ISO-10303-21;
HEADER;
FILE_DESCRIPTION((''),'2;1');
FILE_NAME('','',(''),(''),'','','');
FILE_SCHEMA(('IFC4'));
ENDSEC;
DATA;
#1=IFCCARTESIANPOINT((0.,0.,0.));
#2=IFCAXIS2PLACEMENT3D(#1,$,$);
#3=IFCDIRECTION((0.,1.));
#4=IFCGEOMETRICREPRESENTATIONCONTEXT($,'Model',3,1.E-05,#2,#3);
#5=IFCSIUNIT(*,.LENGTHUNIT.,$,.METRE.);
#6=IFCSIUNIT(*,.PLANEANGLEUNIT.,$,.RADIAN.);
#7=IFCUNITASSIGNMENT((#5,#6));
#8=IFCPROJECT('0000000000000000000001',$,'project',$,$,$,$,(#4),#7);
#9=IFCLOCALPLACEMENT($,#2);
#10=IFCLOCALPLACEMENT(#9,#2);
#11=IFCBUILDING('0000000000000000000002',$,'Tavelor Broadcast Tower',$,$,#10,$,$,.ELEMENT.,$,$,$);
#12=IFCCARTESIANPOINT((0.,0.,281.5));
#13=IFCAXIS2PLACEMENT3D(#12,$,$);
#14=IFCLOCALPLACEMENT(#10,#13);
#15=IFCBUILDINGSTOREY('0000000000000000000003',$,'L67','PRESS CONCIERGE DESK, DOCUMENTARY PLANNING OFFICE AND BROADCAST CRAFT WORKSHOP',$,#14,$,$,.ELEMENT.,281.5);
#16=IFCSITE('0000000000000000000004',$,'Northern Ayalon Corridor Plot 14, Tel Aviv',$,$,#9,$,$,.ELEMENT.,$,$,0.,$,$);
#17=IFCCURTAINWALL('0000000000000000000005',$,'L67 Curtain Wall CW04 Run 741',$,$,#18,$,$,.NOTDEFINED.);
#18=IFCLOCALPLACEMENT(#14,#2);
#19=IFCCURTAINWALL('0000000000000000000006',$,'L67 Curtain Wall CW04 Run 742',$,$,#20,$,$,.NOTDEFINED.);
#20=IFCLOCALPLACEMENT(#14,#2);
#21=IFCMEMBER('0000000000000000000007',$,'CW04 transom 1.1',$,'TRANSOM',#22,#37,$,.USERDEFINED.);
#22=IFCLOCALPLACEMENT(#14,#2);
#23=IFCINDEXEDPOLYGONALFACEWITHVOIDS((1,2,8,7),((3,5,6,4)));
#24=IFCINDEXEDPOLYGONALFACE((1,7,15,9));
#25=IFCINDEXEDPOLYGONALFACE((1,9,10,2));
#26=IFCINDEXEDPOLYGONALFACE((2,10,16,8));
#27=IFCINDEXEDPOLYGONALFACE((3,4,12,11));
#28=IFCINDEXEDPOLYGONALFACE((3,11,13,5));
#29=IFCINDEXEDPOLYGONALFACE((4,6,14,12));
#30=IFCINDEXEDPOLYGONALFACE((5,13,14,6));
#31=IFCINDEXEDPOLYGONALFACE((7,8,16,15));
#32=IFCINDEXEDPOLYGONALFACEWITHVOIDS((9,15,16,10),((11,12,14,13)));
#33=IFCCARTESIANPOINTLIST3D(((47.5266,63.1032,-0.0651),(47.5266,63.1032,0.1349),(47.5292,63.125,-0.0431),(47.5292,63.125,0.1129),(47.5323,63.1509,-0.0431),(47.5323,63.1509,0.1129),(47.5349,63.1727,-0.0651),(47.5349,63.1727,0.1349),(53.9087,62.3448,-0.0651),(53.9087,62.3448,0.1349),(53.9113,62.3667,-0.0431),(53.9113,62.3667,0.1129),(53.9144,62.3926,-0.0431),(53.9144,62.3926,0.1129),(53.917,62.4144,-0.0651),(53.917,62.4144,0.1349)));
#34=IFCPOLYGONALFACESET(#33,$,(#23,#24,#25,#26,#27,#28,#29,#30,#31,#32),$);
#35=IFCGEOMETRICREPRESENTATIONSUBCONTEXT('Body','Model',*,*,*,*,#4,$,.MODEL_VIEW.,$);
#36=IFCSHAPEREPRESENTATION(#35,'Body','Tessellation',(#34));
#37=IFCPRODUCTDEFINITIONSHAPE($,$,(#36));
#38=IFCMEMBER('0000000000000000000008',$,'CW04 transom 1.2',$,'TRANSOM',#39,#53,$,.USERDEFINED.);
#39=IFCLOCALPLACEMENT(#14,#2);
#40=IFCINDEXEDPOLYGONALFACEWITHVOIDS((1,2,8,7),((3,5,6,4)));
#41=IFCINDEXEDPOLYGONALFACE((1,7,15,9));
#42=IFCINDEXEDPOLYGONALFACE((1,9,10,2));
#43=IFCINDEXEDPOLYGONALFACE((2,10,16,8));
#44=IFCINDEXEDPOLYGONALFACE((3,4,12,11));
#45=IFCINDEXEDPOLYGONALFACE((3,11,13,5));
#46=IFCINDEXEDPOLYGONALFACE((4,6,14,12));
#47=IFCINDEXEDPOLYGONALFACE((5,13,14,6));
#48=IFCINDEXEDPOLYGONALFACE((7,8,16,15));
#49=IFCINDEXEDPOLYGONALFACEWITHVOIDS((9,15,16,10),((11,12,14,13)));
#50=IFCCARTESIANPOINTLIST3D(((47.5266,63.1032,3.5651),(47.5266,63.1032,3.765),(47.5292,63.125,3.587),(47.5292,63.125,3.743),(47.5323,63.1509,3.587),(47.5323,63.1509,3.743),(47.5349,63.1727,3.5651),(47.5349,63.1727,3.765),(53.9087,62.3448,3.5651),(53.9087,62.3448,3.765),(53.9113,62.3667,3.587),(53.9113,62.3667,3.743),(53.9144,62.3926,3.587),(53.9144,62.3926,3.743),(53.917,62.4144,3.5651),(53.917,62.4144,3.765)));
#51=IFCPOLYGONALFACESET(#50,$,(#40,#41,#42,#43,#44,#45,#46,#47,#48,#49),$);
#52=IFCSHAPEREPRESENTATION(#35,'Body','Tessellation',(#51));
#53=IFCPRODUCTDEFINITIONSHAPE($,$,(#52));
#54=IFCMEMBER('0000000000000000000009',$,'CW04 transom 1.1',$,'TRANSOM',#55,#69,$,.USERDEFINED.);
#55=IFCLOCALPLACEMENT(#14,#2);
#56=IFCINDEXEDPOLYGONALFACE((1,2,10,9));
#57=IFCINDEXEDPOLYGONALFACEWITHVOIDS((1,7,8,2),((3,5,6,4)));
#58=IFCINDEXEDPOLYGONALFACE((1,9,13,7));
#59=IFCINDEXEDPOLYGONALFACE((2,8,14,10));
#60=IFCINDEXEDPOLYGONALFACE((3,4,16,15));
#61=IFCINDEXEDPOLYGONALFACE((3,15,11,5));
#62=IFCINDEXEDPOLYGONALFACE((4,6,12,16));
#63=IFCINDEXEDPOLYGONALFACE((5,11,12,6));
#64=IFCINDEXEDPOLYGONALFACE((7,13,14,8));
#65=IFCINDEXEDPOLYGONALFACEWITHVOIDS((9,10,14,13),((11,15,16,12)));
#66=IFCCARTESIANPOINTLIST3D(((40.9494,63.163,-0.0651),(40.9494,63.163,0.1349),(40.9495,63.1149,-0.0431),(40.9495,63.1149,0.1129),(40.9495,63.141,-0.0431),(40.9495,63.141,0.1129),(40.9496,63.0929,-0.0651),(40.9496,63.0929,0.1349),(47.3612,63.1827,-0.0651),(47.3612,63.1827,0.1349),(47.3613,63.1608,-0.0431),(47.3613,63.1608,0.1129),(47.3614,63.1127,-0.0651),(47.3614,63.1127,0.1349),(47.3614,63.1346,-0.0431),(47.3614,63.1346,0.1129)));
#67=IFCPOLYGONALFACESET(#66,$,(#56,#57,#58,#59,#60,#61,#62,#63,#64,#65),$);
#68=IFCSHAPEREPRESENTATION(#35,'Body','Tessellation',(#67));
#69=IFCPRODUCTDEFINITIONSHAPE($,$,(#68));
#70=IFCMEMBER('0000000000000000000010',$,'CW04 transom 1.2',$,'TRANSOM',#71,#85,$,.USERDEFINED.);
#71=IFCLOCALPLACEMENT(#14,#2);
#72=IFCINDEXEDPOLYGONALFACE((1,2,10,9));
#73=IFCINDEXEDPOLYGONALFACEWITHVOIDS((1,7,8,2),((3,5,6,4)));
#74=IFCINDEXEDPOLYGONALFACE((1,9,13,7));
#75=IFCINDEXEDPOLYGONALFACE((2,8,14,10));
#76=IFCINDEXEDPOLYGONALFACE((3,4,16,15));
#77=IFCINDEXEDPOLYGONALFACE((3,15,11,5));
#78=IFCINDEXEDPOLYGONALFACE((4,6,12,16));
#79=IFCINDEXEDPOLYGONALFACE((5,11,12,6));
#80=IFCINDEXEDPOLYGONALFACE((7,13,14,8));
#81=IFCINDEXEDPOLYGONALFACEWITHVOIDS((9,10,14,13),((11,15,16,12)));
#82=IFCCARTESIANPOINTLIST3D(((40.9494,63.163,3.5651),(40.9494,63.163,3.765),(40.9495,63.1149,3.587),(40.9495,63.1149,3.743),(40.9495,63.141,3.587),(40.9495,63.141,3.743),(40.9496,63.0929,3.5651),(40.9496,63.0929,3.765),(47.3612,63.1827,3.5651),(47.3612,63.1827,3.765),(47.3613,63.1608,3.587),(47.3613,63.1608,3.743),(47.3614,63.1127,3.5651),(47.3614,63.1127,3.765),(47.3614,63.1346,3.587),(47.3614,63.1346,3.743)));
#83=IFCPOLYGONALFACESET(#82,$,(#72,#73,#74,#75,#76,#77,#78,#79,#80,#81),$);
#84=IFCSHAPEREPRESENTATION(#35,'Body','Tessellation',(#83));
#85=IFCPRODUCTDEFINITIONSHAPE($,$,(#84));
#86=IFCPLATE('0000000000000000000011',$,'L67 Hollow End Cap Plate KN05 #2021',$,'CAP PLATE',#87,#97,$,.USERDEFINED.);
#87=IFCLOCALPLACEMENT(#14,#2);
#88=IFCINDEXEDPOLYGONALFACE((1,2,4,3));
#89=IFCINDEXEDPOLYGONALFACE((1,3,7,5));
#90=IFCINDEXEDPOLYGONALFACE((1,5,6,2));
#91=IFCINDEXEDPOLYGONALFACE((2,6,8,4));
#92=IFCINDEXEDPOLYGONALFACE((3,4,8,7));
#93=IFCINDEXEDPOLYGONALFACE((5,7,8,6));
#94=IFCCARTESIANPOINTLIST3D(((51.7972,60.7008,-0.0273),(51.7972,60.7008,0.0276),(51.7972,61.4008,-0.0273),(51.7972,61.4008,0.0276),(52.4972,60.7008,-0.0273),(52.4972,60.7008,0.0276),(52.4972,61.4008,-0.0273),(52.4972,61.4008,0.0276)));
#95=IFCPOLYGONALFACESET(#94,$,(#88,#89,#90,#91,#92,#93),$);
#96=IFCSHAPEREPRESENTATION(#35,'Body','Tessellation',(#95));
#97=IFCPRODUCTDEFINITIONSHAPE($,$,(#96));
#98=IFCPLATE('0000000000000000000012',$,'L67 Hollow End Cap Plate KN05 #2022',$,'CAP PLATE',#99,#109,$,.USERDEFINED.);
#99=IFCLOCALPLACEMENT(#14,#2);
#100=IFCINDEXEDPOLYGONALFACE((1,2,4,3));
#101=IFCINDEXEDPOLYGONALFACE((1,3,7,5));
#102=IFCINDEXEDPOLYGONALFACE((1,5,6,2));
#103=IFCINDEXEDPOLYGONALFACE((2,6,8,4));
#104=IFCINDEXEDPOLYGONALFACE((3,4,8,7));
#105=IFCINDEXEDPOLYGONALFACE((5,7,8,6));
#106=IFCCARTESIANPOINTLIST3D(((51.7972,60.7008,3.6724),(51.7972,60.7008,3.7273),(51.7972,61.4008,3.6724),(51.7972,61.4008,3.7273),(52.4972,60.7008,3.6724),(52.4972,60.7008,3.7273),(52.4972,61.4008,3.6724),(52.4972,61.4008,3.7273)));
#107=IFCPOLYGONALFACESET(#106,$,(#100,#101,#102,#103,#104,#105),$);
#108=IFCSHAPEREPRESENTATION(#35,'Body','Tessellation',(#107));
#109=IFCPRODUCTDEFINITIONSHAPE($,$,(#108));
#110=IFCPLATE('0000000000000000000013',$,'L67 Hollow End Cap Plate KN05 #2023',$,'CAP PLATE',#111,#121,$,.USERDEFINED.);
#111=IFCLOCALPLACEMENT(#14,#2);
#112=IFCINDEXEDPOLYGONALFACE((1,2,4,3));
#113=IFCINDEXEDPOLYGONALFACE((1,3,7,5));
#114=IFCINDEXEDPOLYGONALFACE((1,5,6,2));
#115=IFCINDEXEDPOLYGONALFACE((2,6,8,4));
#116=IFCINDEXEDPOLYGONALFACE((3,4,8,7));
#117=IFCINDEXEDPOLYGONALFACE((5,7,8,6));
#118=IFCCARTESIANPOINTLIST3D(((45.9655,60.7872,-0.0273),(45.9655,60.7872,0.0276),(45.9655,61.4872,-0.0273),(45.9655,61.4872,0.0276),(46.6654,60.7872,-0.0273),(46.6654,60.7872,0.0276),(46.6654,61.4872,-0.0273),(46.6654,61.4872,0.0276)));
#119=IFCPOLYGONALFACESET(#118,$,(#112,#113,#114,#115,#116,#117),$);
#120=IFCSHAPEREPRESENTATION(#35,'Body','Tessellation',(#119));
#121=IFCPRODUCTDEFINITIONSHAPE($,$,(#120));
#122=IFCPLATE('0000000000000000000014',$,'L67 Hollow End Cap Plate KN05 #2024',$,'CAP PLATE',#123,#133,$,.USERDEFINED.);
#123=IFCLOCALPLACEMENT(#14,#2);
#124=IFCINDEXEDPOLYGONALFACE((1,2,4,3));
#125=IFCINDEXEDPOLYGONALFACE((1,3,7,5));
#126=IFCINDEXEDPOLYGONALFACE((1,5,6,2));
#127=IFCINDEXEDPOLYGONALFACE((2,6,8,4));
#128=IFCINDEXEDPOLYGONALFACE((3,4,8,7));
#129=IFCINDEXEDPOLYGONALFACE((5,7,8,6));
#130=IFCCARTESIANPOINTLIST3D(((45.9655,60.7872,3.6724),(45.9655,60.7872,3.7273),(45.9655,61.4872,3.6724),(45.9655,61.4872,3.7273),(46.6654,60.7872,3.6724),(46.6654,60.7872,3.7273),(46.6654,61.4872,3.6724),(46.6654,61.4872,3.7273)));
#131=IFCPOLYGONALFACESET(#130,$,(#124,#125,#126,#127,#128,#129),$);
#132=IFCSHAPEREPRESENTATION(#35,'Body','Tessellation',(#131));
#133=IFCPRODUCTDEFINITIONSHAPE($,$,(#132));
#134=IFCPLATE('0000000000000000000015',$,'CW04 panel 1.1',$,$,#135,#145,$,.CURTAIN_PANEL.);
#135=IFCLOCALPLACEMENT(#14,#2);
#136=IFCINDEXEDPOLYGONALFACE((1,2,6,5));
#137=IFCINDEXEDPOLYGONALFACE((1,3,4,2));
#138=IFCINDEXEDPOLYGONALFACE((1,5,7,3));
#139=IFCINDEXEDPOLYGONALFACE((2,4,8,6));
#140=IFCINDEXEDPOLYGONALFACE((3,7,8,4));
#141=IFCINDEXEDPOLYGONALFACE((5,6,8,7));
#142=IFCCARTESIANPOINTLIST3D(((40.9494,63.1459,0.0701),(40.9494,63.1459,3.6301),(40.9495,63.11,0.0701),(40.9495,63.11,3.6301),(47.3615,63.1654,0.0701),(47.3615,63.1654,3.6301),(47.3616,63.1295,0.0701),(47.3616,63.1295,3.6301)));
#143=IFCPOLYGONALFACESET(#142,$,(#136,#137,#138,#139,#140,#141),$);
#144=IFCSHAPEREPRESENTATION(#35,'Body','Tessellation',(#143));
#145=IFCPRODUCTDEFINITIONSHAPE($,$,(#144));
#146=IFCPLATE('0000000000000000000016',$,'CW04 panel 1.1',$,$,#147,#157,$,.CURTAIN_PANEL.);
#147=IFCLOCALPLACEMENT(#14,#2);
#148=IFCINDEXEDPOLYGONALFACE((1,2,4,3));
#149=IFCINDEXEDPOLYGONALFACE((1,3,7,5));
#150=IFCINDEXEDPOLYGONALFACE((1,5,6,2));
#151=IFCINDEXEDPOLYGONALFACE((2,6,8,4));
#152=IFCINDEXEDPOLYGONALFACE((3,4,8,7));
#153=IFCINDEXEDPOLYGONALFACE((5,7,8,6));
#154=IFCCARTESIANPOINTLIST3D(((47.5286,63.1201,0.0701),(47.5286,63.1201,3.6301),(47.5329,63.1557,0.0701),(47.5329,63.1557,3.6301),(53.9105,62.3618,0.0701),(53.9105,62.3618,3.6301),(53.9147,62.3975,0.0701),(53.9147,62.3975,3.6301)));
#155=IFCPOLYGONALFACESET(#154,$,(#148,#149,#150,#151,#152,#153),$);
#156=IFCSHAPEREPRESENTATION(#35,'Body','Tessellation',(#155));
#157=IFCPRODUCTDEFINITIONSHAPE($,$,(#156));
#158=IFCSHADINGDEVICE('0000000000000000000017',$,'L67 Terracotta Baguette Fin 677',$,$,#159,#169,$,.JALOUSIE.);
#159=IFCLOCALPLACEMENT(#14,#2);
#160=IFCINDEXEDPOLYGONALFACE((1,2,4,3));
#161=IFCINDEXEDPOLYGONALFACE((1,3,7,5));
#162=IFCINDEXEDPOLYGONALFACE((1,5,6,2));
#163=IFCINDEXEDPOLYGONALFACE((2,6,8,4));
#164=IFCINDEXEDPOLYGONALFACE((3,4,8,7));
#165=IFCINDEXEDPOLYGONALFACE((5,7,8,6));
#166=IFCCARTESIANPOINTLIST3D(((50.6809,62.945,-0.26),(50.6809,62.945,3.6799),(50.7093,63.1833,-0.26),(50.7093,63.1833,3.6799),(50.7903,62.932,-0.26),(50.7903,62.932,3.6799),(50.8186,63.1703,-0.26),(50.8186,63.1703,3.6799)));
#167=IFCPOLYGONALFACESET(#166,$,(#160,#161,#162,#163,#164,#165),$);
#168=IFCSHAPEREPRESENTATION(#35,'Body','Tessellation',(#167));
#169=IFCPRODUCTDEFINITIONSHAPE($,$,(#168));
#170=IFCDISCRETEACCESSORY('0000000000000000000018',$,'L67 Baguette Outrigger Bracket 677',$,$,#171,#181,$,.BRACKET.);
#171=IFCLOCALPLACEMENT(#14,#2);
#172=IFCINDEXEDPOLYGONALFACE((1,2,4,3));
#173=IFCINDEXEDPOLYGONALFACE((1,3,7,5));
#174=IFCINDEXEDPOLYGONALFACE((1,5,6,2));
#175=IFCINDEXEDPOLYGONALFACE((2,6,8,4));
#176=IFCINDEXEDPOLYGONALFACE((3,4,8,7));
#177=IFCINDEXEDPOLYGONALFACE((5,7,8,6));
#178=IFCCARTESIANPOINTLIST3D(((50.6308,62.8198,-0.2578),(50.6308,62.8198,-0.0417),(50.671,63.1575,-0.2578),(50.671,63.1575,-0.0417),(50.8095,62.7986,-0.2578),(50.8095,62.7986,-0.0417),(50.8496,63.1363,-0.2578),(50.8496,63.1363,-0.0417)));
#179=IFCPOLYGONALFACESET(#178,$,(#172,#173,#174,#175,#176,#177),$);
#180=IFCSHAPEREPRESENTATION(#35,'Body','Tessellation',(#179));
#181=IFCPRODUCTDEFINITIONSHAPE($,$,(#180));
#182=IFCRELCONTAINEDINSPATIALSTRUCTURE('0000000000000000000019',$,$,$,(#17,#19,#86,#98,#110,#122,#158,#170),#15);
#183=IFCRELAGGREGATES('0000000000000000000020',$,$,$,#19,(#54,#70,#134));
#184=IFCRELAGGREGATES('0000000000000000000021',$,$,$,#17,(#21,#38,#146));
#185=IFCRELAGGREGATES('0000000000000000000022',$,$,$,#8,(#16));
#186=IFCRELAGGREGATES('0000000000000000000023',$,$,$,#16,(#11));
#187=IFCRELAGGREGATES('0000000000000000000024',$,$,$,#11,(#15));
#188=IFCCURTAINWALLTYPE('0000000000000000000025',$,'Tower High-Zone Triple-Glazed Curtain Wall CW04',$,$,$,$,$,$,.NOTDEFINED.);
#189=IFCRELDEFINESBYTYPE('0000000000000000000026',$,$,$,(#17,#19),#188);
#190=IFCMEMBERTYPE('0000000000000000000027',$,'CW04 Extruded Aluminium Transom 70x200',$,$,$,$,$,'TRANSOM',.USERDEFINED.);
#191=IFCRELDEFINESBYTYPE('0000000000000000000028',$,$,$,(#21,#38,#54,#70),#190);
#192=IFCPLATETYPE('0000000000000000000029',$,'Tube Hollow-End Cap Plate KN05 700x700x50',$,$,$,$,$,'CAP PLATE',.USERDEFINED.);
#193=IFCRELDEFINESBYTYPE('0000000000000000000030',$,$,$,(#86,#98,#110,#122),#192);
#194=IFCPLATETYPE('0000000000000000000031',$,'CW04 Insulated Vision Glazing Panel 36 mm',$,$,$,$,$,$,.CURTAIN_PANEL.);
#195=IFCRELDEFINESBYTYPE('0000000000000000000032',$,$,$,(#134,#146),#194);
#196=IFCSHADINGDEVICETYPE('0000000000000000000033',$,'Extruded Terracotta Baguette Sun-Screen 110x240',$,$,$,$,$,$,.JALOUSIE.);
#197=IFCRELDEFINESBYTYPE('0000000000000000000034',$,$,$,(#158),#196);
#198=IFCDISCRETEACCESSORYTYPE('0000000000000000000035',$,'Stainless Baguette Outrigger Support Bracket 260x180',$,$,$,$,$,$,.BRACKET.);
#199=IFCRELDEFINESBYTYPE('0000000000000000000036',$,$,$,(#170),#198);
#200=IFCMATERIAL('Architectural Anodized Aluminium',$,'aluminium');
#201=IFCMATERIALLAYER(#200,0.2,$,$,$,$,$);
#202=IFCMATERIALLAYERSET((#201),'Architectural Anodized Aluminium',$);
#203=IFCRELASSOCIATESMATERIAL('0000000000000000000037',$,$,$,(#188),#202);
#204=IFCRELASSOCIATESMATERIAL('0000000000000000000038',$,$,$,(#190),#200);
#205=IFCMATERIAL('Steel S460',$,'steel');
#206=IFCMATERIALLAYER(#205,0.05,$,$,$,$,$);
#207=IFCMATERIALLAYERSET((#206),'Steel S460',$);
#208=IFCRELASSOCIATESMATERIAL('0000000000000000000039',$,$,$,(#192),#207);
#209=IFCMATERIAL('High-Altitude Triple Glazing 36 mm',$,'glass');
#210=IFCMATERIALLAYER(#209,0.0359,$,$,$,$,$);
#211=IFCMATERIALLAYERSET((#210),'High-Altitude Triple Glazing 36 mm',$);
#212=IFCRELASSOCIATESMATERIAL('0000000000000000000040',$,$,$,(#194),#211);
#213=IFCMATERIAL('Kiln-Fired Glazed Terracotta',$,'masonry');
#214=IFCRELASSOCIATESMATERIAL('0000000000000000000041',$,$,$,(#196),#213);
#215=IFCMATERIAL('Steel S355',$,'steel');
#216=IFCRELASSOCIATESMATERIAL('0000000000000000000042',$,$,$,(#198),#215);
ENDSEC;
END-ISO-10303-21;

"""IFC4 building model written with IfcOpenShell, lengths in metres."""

from ifc_helpers import new_model, si_unit, direction, frame, origin, origin_2d, place, context, subcontext, project, spatial, rectangle, hollow_rectangle, extrude, source, transform, mapped, material, layer, layer_set, material_profile, profile_set, type_object, type_shapes, element, aggregate, save


model = new_model("IFC4")

# Units and contexts
model_context = context("Model", 3, precision=1e-05, world=origin(), true_north=direction((0.0, 1.0)))
body_context = subcontext(model_context, "Body", "Model", "MODEL_VIEW")
ifc_project = project(units=[si_unit("LENGTHUNIT", "METRE"), si_unit("PLANEANGLEUNIT", "RADIAN")], contexts=[model_context])

# Site, building, storey
site_placement = place(None, origin())
site = spatial("IfcSite", under=ifc_project, at=site_placement, Name="Northern Ayalon Corridor Plot 14, Tel Aviv", CompositionType="ELEMENT", RefElevation=0.0)
building_placement = place(site_placement, origin())
building = spatial("IfcBuilding", under=site, at=building_placement, Name="Tavelor Broadcast Tower", CompositionType="ELEMENT")
storey_placement = place(building_placement, frame((0.0, 0.0, 281.5)))
storey = spatial("IfcBuildingStorey", under=building, at=storey_placement, Name="L67", Description="PRESS CONCIERGE DESK, DOCUMENTARY PLANNING OFFICE AND BROADCAST CRAFT WORKSHOP", CompositionType="ELEMENT", Elevation=281.5)

# Shared definitions
ifc_material_1 = material(Name="Steel S460", Category="steel")

# Shared definitions
ifc_material_2 = material(Name="Steel S355", Category="steel")

# Curtain wall
ifc_material_3 = material(Name="Architectural Anodized Aluminium", Category="aluminium")
ifc_layer_1 = layer(ifc_material_3, 0.2)
ifc_layer_set_1 = layer_set([ifc_layer_1], Name="Architectural Anodized Aluminium")
curtain_wall_type = type_object("IfcCurtainWallType", Name="Tower High-Zone Triple-Glazed Curtain Wall CW04", PredefinedType="NOTDEFINED", material=ifc_layer_set_1)
curtain_wall_1_placement = place(storey_placement, origin())
curtain_wall_1 = element("IfcCurtainWall", 1, at=curtain_wall_1_placement, inside=storey, type_object=curtain_wall_type, Name="L67 Curtain Wall CW04 Run 741", PredefinedType="NOTDEFINED")

# Curtain wall
curtain_wall_2_placement = place(storey_placement, origin())
curtain_wall_2 = element("IfcCurtainWall", 2, at=curtain_wall_2_placement, inside=storey, type_object=curtain_wall_type, Name="L67 Curtain Wall CW04 Run 742", PredefinedType="NOTDEFINED")

# Members
ifc_material_profile_1 = material_profile(ifc_material_3, hollow_rectangle(XDim=0.0701, YDim=0.2, WallThickness=0.022, at=origin_2d()), Name="RHS 70x200x22")
ifc_profile_set_1 = profile_set([ifc_material_profile_1], Name="Architectural Anodized Aluminium")
member_type_1 = type_object("IfcMemberType", Name="CW04 Extruded Aluminium Transom 70x200", ElementType="TRANSOM", PredefinedType="USERDEFINED", material=ifc_profile_set_1)
shared_shape_1 = source(origin(), body_context, "Body", "SweptSolid", [
    extrude(hollow_rectangle(XDim=0.0701, YDim=0.2, WallThickness=0.022, at=origin_2d()), origin(), (0.0, 0.0, 1.0), 6.427),
])
member_1_placement = place(storey_placement, frame((53.9128, 62.3796, 0.0349), z_axis=(-0.993015, 0.117987, 0.0), x_axis=(-0.117987, -0.993015, 0.0)))
member_1 = element("IfcMember", 3, at=member_1_placement, type_object=member_type_1, Name="CW04 transom 1.1", ObjectType="TRANSOM", PredefinedType="USERDEFINED", context=body_context, shape_type="MappedRepresentation", body=[
    mapped(shared_shape_1, transform((0.0, 0.0, 0.0), scale=1.0)),
])
member_2_placement = place(storey_placement, frame((53.9128, 62.3796, 3.665), z_axis=(-0.993015, 0.117987, 0.0), x_axis=(-0.117987, -0.993015, 0.0)))
member_2 = element("IfcMember", 4, at=member_2_placement, type_object=member_type_1, Name="CW04 transom 1.2", ObjectType="TRANSOM", PredefinedType="USERDEFINED", context=body_context, shape_type="MappedRepresentation", body=[
    mapped(shared_shape_1, transform((0.0, 0.0, 0.0), scale=1.0)),
])
shared_shape_2 = source(origin(), body_context, "Body", "SweptSolid", [
    extrude(hollow_rectangle(XDim=0.0701, YDim=0.2, WallThickness=0.022, at=origin_2d()), origin(), (0.0, 0.0, 1.0), 6.4119),
])
type_shapes(member_type_1, [shared_shape_1, shared_shape_2])
member_3_placement = place(storey_placement, frame((47.3613, 63.1477, 0.0349), z_axis=(-0.999995, -0.003084, 0.0), x_axis=(0.003084, -0.999995, 0.0)))
member_3 = element("IfcMember", 5, at=member_3_placement, type_object=member_type_1, Name="CW04 transom 1.1", ObjectType="TRANSOM", PredefinedType="USERDEFINED", context=body_context, shape_type="MappedRepresentation", body=[
    mapped(shared_shape_2, transform((0.0, 0.0, 0.0), scale=1.0)),
])
member_4_placement = place(storey_placement, frame((47.3613, 63.1477, 3.665), z_axis=(-0.999995, -0.003084, 0.0), x_axis=(0.003084, -0.999995, 0.0)))
member_4 = element("IfcMember", 6, at=member_4_placement, type_object=member_type_1, Name="CW04 transom 1.2", ObjectType="TRANSOM", PredefinedType="USERDEFINED", context=body_context, shape_type="MappedRepresentation", body=[
    mapped(shared_shape_2, transform((0.0, 0.0, 0.0), scale=1.0)),
])

# Plates
ifc_layer_2 = layer(ifc_material_1, 0.05)
ifc_layer_set_2 = layer_set([ifc_layer_2], Name="Steel S460")
plate_type_1 = type_object("IfcPlateType", Name="Tube Hollow-End Cap Plate KN05 700x700x50", ElementType="CAP PLATE", PredefinedType="USERDEFINED", material=ifc_layer_set_2)
shared_shape_3 = source(origin(), body_context, "Body", "SweptSolid", [
    extrude(rectangle(XDim=0.7, YDim=0.7, at=origin_2d()), origin(), (0.0, 0.0, 1.0), 0.0549),
])
type_shapes(plate_type_1, [shared_shape_3])
for number, where, z_axis, x_axis, name in (
    (7, (52.1472, 61.0508, -0.0273), (0.0, 0.0, 1.0), (1.0, 0.0, 0.0), "L67 Hollow End Cap Plate KN05 #2021"),
    (8, (52.1472, 61.0508, 3.6724), (0.0, 0.0, 1.0), (1.0, 0.0, 0.0), "L67 Hollow End Cap Plate KN05 #2022"),
    (9, (46.3154, 61.1372, -0.0273), (0.0, 0.0, 1.0), (1.0, 0.0, 0.0), "L67 Hollow End Cap Plate KN05 #2023"),
    (10, (46.3154, 61.1372, 3.6724), (0.0, 0.0, 1.0), (1.0, 0.0, 0.0), "L67 Hollow End Cap Plate KN05 #2024"),
):
    element("IfcPlate", number, at=place(storey_placement, frame(where, z_axis=z_axis, x_axis=x_axis)), inside=storey, type_object=plate_type_1, Name=name, ObjectType="CAP PLATE", PredefinedType="USERDEFINED", context=body_context, shape_type="MappedRepresentation", body=[
        mapped(shared_shape_3, transform((0.0, 0.0, 0.0), scale=1.0)),
    ])

# Plates
ifc_material_4 = material(Name="High-Altitude Triple Glazing 36 mm", Category="glass")
ifc_layer_3 = layer(ifc_material_4, 0.0359)
ifc_layer_set_3 = layer_set([ifc_layer_3], Name="High-Altitude Triple Glazing 36 mm")
plate_type_2 = type_object("IfcPlateType", Name="CW04 Insulated Vision Glazing Panel 36 mm", PredefinedType="CURTAIN_PANEL", material=ifc_layer_set_3)
shared_shape_4 = source(origin(), body_context, "Body", "SweptSolid", [
    extrude(rectangle(XDim=6.4121, YDim=0.0359, at=origin_2d()), origin(), (0.0, 0.0, 1.0), 3.5601),
])
plate_1_placement = place(storey_placement, frame((44.1555, 63.1377, 0.0701), z_axis=(0.0, 0.0, 1.0), x_axis=(-0.999995, -0.003052, 0.0)))
plate_1 = element("IfcPlate", 11, at=plate_1_placement, type_object=plate_type_2, Name="CW04 panel 1.1", PredefinedType="CURTAIN_PANEL", context=body_context, shape_type="MappedRepresentation", body=[
    mapped(shared_shape_4, transform((0.0, 0.0, 0.0), scale=1.0)),
])
aggregate(curtain_wall_2, [member_3, member_4, plate_1])
shared_shape_5 = source(origin(), body_context, "Body", "SweptSolid", [
    extrude(rectangle(XDim=6.4268, YDim=0.0359, at=origin_2d()), origin(), (0.0, 0.0, 1.0), 3.5601),
])
type_shapes(plate_type_2, [shared_shape_4, shared_shape_5])
plate_2_placement = place(storey_placement, frame((50.7217, 62.7588, 0.0701), z_axis=(0.0, 0.0, 1.0), x_axis=(-0.993015, 0.117986, 0.0)))
plate_2 = element("IfcPlate", 12, at=plate_2_placement, type_object=plate_type_2, Name="CW04 panel 1.1", PredefinedType="CURTAIN_PANEL", context=body_context, shape_type="MappedRepresentation", body=[
    mapped(shared_shape_5, transform((0.0, 0.0, 0.0), scale=1.0)),
])
aggregate(curtain_wall_1, [member_1, member_2, plate_2])

# Shading device
ifc_material_5 = material(Name="Kiln-Fired Glazed Terracotta", Category="masonry")
shading_device_type = type_object("IfcShadingDeviceType", Name="Extruded Terracotta Baguette Sun-Screen 110x240", PredefinedType="JALOUSIE", material=ifc_material_5)
shared_shape_6 = source(origin(), body_context, "Body", "SweptSolid", [
    extrude(rectangle(XDim=0.1101, YDim=0.24, at=origin_2d()), origin(), (0.0, 0.0, 1.0), 3.9399),
])
type_shapes(shading_device_type, [shared_shape_6])
shading_device_placement = place(storey_placement, frame((50.7498, 63.0576, -0.26), z_axis=(0.0, 0.0, 1.0), x_axis=(-0.993007, 0.118057, 0.0)))
element("IfcShadingDevice", 13, at=shading_device_placement, inside=storey, type_object=shading_device_type, Name="L67 Terracotta Baguette Fin 677", PredefinedType="JALOUSIE", context=body_context, shape_type="MappedRepresentation", body=[
    mapped(shared_shape_6, transform((0.0, 0.0, 0.0), scale=1.0)),
])

# Discrete accessory
discrete_accessory_type = type_object("IfcDiscreteAccessoryType", Name="Stainless Baguette Outrigger Support Bracket 260x180", PredefinedType="BRACKET", material=ifc_material_2)
shared_shape_7 = source(origin(), body_context, "Body", "SweptSolid", [
    extrude(rectangle(XDim=0.1799, YDim=0.3401, at=origin_2d()), origin(), (0.0, 0.0, 1.0), 0.2161),
])
type_shapes(discrete_accessory_type, [shared_shape_7])
discrete_accessory_placement = place(storey_placement, frame((50.7402, 62.978, -0.2578), z_axis=(0.0, 0.0, 1.0), x_axis=(-0.993007, 0.118057, 0.0)))
element("IfcDiscreteAccessory", 14, at=discrete_accessory_placement, inside=storey, type_object=discrete_accessory_type, Name="L67 Baguette Outrigger Bracket 677", PredefinedType="BRACKET", context=body_context, shape_type="MappedRepresentation", body=[
    mapped(shared_shape_7, transform((0.0, 0.0, 0.0), scale=1.0)),
])

save(model, "model.ifc")
